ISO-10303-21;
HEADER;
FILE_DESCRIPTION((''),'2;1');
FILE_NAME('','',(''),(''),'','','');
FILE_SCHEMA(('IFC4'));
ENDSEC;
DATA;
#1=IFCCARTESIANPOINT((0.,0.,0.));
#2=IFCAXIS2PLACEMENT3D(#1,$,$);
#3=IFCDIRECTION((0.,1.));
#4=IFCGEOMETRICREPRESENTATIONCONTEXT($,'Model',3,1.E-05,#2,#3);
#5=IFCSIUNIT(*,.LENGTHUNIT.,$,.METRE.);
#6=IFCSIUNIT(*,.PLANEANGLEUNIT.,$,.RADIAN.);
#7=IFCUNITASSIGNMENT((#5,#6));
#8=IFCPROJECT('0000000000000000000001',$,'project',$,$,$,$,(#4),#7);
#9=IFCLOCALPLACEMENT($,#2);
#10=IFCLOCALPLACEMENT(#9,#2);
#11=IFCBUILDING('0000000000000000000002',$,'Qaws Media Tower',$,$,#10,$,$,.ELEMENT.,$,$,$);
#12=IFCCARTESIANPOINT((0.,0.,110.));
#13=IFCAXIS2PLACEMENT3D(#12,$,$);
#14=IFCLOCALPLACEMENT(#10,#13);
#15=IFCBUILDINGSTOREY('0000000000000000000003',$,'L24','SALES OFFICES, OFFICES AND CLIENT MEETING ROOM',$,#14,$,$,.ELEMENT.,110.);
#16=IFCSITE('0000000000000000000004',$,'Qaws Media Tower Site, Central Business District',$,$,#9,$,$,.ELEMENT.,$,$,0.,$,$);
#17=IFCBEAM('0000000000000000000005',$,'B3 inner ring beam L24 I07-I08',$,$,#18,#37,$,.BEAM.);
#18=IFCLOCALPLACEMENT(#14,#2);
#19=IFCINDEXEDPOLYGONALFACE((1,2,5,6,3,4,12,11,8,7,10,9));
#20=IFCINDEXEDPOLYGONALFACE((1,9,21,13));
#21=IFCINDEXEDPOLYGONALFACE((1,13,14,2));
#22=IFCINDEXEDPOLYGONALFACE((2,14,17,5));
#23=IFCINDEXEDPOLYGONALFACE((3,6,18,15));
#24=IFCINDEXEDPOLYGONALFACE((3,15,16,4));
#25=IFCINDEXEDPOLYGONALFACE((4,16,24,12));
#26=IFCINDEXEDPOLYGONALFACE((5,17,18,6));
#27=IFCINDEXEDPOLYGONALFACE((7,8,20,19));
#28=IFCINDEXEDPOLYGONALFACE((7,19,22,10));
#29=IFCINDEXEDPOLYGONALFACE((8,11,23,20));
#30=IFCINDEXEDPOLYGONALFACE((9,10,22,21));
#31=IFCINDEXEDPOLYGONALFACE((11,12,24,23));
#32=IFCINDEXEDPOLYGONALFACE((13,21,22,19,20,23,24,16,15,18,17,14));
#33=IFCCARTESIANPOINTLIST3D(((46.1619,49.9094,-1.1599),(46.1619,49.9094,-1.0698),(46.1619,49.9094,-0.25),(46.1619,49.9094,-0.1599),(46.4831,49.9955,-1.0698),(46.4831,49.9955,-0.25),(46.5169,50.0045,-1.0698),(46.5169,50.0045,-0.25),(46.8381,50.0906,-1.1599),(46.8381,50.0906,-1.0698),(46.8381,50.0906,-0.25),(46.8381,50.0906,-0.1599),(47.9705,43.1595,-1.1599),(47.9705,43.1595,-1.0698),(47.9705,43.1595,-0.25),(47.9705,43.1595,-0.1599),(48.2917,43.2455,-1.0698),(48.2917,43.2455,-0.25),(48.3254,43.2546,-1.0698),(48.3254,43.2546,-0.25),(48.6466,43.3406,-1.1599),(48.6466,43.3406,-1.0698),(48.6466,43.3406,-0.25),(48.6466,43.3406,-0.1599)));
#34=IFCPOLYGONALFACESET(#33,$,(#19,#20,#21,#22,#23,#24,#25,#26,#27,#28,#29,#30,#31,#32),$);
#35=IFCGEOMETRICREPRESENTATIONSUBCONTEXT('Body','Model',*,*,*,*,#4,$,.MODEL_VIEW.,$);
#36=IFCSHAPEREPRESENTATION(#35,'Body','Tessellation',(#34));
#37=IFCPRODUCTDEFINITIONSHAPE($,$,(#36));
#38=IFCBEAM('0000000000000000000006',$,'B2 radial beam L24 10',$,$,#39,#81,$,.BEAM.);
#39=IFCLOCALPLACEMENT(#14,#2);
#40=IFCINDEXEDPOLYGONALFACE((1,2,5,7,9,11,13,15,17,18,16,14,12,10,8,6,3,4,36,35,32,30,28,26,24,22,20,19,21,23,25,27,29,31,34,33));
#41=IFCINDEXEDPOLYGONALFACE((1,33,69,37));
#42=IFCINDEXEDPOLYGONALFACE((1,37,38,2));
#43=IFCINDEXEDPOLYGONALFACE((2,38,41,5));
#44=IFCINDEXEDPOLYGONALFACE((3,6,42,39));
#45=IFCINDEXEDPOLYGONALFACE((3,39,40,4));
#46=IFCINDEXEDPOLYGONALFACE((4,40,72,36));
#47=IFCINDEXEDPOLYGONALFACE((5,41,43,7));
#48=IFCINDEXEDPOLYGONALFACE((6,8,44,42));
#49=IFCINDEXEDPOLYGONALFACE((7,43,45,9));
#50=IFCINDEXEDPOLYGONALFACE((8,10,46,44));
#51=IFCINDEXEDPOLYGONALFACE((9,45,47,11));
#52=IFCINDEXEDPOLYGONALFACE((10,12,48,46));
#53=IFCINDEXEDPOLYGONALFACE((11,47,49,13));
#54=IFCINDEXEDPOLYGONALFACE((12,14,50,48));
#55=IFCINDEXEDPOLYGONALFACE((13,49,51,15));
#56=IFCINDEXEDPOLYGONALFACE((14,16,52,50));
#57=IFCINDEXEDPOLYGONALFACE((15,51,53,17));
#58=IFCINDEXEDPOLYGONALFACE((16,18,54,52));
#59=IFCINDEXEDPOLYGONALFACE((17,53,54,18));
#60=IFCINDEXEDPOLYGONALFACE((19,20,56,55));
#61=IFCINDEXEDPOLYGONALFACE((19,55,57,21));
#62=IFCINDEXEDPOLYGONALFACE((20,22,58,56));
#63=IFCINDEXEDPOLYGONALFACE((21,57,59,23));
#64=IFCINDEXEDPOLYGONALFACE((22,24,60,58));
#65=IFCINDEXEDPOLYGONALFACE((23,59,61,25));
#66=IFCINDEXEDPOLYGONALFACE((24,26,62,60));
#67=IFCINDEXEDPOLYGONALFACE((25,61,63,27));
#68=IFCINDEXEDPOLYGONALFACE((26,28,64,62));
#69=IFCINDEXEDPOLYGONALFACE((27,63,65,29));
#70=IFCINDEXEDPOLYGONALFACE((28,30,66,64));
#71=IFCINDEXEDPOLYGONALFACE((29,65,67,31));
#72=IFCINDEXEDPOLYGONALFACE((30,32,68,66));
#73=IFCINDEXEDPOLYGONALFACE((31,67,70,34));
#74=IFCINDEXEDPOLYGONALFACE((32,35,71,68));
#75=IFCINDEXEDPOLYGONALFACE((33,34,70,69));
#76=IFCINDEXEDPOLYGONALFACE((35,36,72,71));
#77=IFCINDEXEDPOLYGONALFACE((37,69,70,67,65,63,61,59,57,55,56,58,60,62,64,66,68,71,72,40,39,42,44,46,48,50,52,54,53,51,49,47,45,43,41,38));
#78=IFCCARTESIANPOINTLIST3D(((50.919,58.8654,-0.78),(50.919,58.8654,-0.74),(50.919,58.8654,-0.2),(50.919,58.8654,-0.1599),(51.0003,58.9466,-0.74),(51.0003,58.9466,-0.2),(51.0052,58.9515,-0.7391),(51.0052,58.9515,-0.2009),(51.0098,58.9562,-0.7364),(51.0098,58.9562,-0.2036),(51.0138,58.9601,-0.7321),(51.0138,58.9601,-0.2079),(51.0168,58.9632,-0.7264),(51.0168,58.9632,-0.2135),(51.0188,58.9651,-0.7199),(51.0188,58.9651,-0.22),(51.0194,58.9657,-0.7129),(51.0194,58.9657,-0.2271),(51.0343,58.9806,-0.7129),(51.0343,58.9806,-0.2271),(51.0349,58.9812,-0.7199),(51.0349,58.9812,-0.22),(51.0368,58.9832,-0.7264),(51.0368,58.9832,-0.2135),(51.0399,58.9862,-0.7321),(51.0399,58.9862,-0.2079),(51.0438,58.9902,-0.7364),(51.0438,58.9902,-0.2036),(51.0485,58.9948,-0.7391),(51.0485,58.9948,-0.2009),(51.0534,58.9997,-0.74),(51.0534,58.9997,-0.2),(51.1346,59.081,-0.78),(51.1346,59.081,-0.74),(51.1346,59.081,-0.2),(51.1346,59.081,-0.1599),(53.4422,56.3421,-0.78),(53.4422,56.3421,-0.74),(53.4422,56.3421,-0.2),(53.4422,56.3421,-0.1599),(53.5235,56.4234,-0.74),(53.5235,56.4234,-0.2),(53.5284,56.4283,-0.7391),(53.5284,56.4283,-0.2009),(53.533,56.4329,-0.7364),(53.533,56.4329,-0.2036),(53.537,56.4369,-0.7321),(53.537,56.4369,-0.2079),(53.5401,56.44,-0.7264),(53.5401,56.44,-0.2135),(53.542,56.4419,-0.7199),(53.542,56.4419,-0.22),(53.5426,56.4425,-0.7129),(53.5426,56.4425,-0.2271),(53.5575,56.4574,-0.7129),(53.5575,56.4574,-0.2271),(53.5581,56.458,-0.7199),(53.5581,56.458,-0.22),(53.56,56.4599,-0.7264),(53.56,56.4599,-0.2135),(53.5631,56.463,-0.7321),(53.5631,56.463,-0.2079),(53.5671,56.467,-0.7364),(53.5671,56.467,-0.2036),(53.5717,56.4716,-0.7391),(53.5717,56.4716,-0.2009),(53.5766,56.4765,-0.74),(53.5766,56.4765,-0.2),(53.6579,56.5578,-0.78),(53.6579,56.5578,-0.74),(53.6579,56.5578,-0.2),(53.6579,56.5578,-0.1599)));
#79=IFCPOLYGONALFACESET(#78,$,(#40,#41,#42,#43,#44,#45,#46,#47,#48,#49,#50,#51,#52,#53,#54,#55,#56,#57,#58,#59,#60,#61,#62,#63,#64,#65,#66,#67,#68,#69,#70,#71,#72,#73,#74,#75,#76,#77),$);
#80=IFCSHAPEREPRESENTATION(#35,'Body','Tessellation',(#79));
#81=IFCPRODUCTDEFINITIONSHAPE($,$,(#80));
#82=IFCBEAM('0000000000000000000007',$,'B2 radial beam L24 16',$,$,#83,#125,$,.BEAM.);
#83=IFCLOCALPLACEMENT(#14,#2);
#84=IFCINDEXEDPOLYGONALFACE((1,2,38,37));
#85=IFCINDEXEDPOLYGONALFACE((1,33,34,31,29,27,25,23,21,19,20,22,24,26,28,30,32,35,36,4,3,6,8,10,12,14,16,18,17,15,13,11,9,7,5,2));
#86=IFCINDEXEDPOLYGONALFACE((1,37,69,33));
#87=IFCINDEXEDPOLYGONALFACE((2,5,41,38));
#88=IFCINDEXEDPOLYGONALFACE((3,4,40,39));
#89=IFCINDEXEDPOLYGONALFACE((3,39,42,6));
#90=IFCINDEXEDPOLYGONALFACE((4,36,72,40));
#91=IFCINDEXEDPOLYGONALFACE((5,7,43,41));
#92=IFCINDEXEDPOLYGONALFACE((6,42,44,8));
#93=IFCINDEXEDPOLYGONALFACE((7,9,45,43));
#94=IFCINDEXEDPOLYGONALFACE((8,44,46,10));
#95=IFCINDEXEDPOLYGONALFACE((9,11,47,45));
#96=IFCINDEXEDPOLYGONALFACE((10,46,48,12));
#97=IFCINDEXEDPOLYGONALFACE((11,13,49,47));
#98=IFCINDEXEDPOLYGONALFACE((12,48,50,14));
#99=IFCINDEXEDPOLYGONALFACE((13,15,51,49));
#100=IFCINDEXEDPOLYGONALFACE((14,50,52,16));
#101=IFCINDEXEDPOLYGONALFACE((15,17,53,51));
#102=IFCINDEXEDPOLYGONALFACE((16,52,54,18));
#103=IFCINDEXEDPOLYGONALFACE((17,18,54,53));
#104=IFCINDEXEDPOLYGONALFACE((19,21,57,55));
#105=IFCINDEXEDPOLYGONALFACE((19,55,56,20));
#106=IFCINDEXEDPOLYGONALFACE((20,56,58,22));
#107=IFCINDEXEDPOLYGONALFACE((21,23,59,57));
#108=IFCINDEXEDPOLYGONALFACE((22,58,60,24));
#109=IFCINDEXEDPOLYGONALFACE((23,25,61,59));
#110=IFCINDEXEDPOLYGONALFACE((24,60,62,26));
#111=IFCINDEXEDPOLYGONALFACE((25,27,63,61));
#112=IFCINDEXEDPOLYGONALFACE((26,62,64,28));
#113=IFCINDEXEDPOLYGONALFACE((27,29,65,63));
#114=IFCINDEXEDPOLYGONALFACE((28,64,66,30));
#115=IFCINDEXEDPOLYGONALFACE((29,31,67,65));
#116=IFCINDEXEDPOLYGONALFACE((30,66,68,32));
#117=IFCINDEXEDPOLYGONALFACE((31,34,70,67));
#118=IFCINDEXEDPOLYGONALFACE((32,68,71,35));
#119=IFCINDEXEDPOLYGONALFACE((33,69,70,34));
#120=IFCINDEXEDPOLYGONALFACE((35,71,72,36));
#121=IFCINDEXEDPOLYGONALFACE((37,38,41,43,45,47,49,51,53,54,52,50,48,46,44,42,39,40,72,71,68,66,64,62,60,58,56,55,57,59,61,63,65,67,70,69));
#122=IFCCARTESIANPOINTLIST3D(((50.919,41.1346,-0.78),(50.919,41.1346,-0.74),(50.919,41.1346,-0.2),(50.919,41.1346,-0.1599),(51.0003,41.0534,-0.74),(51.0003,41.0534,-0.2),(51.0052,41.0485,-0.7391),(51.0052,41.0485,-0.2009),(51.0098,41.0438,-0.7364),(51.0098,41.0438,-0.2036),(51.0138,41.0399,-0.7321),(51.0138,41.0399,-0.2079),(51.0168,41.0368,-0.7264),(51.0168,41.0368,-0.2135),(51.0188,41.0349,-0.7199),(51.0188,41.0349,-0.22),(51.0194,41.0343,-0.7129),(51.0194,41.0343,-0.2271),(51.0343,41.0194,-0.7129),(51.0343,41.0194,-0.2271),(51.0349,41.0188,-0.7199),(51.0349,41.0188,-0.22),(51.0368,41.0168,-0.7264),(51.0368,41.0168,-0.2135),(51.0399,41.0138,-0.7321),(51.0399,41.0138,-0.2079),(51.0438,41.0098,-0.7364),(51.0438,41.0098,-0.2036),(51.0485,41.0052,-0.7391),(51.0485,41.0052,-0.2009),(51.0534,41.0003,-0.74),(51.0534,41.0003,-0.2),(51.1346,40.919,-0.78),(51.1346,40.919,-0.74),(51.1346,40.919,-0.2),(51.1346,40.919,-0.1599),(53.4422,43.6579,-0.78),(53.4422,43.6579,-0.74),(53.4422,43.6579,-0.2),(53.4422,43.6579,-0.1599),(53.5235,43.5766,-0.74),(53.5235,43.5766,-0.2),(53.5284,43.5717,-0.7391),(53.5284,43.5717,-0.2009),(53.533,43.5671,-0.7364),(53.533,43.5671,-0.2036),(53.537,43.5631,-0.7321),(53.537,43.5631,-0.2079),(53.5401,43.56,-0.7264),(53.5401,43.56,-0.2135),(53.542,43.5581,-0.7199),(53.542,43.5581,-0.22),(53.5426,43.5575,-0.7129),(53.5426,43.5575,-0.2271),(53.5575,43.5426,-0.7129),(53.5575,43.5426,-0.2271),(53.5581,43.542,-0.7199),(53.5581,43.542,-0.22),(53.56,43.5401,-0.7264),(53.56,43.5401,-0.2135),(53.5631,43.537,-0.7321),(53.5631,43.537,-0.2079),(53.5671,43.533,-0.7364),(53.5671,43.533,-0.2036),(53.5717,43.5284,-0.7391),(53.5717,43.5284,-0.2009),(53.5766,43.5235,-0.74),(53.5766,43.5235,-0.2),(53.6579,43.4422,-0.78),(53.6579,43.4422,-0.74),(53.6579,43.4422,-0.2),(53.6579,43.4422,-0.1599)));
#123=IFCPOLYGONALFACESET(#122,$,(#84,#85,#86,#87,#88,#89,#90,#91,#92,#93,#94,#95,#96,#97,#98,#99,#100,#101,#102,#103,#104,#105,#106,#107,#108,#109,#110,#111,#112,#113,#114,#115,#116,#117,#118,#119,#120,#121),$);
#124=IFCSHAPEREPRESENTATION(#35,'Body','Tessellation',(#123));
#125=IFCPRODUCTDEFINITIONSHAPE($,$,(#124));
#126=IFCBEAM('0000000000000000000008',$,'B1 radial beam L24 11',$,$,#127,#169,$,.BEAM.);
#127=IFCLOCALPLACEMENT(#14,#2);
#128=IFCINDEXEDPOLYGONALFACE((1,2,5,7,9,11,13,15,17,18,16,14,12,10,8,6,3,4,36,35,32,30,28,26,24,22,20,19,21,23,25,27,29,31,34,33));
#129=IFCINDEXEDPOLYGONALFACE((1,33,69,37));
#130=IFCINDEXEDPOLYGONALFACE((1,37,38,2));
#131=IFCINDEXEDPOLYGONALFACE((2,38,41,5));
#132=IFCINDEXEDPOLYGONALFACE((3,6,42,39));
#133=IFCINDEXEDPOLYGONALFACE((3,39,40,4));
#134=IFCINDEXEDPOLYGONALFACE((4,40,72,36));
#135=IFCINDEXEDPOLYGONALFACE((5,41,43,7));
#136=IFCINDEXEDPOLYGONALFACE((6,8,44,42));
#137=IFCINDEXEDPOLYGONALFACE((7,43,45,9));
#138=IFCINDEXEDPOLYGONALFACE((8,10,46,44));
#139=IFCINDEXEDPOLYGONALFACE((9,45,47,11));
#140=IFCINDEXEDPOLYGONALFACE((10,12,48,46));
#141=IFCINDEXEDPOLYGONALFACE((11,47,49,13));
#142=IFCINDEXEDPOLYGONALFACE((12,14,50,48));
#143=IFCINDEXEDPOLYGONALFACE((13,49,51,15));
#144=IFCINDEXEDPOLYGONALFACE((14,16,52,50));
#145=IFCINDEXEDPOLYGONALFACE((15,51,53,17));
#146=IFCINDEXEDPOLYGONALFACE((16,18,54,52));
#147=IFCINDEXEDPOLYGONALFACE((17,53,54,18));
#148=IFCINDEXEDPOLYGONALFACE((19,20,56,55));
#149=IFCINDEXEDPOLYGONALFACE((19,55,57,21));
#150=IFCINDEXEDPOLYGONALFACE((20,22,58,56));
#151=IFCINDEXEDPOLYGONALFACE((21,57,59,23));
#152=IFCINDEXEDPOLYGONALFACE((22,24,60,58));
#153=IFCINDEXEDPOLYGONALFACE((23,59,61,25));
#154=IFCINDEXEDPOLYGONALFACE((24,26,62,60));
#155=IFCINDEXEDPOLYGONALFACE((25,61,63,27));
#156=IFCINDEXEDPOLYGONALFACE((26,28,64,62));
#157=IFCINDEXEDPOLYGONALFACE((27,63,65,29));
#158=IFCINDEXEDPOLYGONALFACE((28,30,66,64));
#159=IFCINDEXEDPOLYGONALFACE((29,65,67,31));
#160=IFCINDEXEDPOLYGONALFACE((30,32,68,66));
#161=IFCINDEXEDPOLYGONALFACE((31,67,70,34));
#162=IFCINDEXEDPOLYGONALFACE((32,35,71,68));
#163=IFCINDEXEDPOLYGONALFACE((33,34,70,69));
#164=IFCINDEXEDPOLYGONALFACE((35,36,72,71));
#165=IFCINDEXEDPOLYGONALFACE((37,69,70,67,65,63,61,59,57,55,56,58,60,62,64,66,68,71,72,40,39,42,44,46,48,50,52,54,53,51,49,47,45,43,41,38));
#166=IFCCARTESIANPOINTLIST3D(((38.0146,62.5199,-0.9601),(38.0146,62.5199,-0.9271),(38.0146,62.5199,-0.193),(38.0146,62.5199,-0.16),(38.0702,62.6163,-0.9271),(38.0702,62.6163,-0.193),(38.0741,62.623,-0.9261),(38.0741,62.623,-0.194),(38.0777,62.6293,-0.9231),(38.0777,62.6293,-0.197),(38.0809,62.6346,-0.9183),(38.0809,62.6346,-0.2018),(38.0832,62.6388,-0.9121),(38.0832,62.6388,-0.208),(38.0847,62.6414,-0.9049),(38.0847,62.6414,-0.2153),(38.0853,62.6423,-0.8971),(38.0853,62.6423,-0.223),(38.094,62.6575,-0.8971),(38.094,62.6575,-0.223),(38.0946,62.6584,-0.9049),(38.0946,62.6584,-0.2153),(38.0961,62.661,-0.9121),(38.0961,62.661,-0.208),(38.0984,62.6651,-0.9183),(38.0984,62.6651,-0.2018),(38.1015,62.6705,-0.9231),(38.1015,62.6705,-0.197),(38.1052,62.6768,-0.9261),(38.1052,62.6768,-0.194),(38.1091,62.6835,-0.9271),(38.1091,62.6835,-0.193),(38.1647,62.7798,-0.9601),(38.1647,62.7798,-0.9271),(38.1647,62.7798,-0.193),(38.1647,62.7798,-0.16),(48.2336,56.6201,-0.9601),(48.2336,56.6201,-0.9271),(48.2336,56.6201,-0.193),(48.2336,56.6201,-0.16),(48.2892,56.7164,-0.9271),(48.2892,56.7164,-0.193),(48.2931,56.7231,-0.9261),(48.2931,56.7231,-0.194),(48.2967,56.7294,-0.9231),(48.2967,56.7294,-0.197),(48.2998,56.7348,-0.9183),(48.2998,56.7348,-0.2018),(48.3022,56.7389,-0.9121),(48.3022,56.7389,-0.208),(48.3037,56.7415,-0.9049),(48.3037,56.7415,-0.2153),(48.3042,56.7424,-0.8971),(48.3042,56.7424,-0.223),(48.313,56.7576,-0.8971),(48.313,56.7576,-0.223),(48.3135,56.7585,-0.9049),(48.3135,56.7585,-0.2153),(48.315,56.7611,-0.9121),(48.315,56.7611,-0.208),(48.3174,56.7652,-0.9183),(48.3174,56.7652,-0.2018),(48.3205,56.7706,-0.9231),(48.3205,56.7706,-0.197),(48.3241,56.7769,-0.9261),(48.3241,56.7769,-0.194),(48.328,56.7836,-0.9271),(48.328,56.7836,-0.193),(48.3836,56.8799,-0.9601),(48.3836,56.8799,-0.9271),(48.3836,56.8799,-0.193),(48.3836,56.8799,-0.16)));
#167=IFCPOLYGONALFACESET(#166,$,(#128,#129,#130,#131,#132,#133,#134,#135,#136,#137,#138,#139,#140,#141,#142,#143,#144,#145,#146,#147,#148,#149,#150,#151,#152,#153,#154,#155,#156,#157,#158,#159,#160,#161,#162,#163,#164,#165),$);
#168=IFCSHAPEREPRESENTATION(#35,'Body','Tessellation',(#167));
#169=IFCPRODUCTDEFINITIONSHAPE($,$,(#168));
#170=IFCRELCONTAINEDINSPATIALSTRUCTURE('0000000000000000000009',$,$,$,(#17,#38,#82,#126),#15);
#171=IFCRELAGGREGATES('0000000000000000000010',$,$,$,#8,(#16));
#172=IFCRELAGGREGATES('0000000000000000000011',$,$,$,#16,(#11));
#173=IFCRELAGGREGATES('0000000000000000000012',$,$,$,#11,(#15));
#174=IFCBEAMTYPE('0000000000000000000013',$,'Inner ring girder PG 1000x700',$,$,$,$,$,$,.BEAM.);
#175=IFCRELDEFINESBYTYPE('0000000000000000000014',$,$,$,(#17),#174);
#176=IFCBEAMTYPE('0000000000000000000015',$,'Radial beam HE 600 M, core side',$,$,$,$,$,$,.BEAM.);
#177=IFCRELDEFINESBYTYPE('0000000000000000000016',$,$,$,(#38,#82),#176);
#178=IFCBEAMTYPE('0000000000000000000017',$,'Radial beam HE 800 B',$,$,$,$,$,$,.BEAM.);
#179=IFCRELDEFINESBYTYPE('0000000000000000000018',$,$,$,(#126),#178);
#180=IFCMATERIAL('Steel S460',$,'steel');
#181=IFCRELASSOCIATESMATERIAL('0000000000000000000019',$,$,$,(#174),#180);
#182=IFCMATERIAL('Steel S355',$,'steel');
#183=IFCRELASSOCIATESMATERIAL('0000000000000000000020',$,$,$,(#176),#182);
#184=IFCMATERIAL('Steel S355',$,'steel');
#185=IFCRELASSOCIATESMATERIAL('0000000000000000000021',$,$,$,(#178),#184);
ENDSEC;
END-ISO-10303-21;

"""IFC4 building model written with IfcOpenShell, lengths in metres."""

from ifc_helpers import new_model, si_unit, direction, frame, origin, origin_2d, place, context, subcontext, project, spatial, i_section, extrude, material, material_profile, profile_set, type_object, element, save


model = new_model("IFC4")

# Units and contexts
model_context = context("Model", 3, precision=1e-05, world=origin(), true_north=direction((0.0, 1.0)))
body_context = subcontext(model_context, "Body", "Model", "MODEL_VIEW")
ifc_project = project(units=[si_unit("LENGTHUNIT", "METRE"), si_unit("PLANEANGLEUNIT", "RADIAN")], contexts=[model_context])

# Site, building, storey
site_placement = place(None, origin())
site = spatial("IfcSite", under=ifc_project, at=site_placement, Name="Qaws Media Tower Site, Central Business District", CompositionType="ELEMENT", RefElevation=0.0)
building_placement = place(site_placement, origin())
building = spatial("IfcBuilding", under=site, at=building_placement, Name="Qaws Media Tower", CompositionType="ELEMENT")
storey_placement = place(building_placement, frame((0.0, 0.0, 110.0)))
storey = spatial("IfcBuildingStorey", under=building, at=storey_placement, Name="L24", Description="SALES OFFICES, OFFICES AND CLIENT MEETING ROOM", CompositionType="ELEMENT", Elevation=110.0)

# Beams
ifc_material_1 = material(Name="Steel S460", Category="steel")
ifc_material_profile_1 = material_profile(ifc_material_1, i_section(OverallWidth=0.7, OverallDepth=1.0, WebThickness=0.0349, FlangeThickness=0.0901, at=origin_2d()), Name="PG 1000x700")
ifc_profile_set_1 = profile_set([ifc_material_profile_1], Name="Steel S460")
beam_type_1 = type_object("IfcBeamType", Name="Inner ring girder PG 1000x700", PredefinedType="BEAM", material=ifc_profile_set_1)
for number, where, z_axis, x_axis, name in (
    (1, (46.5, 50.0, -0.6599), (0.258811, -0.965928, 0.0), (0.965928, 0.258811, 0.0), "B3 inner ring beam L24 I07-I08"),
):
    element("IfcBeam", number, at=place(storey_placement, frame(where, z_axis=z_axis, x_axis=x_axis)), inside=storey, type_object=beam_type_1, Name=name, PredefinedType="BEAM", context=body_context, shape_type="SweptSolid", body=[
        extrude(i_section(OverallWidth=0.7, OverallDepth=1.0, WebThickness=0.0349, FlangeThickness=0.0901, at=origin_2d()), origin(), (0.0, 0.0, 1.0), 6.988),
    ])
ifc_material_2 = material(Name="Steel S355", Category="steel")
ifc_material_profile_2 = material_profile(ifc_material_2, i_section(OverallWidth=0.3049, OverallDepth=0.6201, WebThickness=0.021, FlangeThickness=0.04, FilletRadius=0.0271, at=origin_2d()), Name="HE 600 M")
ifc_profile_set_2 = profile_set([ifc_material_profile_2], Name="Steel S355")
beam_type_2 = type_object("IfcBeamType", Name="Radial beam HE 600 M, core side", PredefinedType="BEAM", material=ifc_profile_set_2)
for number, where, z_axis, x_axis, name in (
    (2, (53.55, 56.45, -0.47), (-0.707107, 0.707107, 0.0), (-0.707107, -0.707107, 0.0), "B2 radial beam L24 10"),
    (3, (53.55, 43.55, -0.47), (-0.707107, -0.707107, 0.0), (0.707107, -0.707107, 0.0), "B2 radial beam L24 16"),
):
    element("IfcBeam", number, at=place(storey_placement, frame(where, z_axis=z_axis, x_axis=x_axis)), inside=storey, type_object=beam_type_2, Name=name, PredefinedType="BEAM", context=body_context, shape_type="SweptSolid", body=[
        extrude(i_section(OverallWidth=0.3049, OverallDepth=0.6201, WebThickness=0.021, FlangeThickness=0.04, FilletRadius=0.0271, at=origin_2d()), origin(), (0.0, 0.0, 1.0), 3.5684),
    ])
ifc_material_3 = material(Name="Steel S355", Category="steel")
ifc_material_profile_3 = material_profile(ifc_material_3, i_section(OverallWidth=0.3, OverallDepth=0.8, WebThickness=0.0176, FlangeThickness=0.033, FilletRadius=0.03, at=origin_2d()), Name="HE 800 B")
ifc_profile_set_3 = profile_set([ifc_material_profile_3], Name="Steel S355")
beam_type_3 = type_object("IfcBeamType", Name="Radial beam HE 800 B", PredefinedType="BEAM", material=ifc_profile_set_3)
beam_1_placement = place(storey_placement, frame((48.3086, 56.75, -0.5601), z_axis=(-0.866027, 0.499998, 0.0), x_axis=(-0.499998, -0.866027, 0.0)))
element("IfcBeam", 4, at=beam_1_placement, inside=storey, type_object=beam_type_3, Name="B1 radial beam L24 11", PredefinedType="BEAM", context=body_context, shape_type="SweptSolid", body=[
    extrude(i_section(OverallWidth=0.3, OverallDepth=0.8, WebThickness=0.0176, FlangeThickness=0.033, FilletRadius=0.03, at=origin_2d()), origin(), (0.0, 0.0, 1.0), 11.7998),
])

save(model, "model.ifc")
